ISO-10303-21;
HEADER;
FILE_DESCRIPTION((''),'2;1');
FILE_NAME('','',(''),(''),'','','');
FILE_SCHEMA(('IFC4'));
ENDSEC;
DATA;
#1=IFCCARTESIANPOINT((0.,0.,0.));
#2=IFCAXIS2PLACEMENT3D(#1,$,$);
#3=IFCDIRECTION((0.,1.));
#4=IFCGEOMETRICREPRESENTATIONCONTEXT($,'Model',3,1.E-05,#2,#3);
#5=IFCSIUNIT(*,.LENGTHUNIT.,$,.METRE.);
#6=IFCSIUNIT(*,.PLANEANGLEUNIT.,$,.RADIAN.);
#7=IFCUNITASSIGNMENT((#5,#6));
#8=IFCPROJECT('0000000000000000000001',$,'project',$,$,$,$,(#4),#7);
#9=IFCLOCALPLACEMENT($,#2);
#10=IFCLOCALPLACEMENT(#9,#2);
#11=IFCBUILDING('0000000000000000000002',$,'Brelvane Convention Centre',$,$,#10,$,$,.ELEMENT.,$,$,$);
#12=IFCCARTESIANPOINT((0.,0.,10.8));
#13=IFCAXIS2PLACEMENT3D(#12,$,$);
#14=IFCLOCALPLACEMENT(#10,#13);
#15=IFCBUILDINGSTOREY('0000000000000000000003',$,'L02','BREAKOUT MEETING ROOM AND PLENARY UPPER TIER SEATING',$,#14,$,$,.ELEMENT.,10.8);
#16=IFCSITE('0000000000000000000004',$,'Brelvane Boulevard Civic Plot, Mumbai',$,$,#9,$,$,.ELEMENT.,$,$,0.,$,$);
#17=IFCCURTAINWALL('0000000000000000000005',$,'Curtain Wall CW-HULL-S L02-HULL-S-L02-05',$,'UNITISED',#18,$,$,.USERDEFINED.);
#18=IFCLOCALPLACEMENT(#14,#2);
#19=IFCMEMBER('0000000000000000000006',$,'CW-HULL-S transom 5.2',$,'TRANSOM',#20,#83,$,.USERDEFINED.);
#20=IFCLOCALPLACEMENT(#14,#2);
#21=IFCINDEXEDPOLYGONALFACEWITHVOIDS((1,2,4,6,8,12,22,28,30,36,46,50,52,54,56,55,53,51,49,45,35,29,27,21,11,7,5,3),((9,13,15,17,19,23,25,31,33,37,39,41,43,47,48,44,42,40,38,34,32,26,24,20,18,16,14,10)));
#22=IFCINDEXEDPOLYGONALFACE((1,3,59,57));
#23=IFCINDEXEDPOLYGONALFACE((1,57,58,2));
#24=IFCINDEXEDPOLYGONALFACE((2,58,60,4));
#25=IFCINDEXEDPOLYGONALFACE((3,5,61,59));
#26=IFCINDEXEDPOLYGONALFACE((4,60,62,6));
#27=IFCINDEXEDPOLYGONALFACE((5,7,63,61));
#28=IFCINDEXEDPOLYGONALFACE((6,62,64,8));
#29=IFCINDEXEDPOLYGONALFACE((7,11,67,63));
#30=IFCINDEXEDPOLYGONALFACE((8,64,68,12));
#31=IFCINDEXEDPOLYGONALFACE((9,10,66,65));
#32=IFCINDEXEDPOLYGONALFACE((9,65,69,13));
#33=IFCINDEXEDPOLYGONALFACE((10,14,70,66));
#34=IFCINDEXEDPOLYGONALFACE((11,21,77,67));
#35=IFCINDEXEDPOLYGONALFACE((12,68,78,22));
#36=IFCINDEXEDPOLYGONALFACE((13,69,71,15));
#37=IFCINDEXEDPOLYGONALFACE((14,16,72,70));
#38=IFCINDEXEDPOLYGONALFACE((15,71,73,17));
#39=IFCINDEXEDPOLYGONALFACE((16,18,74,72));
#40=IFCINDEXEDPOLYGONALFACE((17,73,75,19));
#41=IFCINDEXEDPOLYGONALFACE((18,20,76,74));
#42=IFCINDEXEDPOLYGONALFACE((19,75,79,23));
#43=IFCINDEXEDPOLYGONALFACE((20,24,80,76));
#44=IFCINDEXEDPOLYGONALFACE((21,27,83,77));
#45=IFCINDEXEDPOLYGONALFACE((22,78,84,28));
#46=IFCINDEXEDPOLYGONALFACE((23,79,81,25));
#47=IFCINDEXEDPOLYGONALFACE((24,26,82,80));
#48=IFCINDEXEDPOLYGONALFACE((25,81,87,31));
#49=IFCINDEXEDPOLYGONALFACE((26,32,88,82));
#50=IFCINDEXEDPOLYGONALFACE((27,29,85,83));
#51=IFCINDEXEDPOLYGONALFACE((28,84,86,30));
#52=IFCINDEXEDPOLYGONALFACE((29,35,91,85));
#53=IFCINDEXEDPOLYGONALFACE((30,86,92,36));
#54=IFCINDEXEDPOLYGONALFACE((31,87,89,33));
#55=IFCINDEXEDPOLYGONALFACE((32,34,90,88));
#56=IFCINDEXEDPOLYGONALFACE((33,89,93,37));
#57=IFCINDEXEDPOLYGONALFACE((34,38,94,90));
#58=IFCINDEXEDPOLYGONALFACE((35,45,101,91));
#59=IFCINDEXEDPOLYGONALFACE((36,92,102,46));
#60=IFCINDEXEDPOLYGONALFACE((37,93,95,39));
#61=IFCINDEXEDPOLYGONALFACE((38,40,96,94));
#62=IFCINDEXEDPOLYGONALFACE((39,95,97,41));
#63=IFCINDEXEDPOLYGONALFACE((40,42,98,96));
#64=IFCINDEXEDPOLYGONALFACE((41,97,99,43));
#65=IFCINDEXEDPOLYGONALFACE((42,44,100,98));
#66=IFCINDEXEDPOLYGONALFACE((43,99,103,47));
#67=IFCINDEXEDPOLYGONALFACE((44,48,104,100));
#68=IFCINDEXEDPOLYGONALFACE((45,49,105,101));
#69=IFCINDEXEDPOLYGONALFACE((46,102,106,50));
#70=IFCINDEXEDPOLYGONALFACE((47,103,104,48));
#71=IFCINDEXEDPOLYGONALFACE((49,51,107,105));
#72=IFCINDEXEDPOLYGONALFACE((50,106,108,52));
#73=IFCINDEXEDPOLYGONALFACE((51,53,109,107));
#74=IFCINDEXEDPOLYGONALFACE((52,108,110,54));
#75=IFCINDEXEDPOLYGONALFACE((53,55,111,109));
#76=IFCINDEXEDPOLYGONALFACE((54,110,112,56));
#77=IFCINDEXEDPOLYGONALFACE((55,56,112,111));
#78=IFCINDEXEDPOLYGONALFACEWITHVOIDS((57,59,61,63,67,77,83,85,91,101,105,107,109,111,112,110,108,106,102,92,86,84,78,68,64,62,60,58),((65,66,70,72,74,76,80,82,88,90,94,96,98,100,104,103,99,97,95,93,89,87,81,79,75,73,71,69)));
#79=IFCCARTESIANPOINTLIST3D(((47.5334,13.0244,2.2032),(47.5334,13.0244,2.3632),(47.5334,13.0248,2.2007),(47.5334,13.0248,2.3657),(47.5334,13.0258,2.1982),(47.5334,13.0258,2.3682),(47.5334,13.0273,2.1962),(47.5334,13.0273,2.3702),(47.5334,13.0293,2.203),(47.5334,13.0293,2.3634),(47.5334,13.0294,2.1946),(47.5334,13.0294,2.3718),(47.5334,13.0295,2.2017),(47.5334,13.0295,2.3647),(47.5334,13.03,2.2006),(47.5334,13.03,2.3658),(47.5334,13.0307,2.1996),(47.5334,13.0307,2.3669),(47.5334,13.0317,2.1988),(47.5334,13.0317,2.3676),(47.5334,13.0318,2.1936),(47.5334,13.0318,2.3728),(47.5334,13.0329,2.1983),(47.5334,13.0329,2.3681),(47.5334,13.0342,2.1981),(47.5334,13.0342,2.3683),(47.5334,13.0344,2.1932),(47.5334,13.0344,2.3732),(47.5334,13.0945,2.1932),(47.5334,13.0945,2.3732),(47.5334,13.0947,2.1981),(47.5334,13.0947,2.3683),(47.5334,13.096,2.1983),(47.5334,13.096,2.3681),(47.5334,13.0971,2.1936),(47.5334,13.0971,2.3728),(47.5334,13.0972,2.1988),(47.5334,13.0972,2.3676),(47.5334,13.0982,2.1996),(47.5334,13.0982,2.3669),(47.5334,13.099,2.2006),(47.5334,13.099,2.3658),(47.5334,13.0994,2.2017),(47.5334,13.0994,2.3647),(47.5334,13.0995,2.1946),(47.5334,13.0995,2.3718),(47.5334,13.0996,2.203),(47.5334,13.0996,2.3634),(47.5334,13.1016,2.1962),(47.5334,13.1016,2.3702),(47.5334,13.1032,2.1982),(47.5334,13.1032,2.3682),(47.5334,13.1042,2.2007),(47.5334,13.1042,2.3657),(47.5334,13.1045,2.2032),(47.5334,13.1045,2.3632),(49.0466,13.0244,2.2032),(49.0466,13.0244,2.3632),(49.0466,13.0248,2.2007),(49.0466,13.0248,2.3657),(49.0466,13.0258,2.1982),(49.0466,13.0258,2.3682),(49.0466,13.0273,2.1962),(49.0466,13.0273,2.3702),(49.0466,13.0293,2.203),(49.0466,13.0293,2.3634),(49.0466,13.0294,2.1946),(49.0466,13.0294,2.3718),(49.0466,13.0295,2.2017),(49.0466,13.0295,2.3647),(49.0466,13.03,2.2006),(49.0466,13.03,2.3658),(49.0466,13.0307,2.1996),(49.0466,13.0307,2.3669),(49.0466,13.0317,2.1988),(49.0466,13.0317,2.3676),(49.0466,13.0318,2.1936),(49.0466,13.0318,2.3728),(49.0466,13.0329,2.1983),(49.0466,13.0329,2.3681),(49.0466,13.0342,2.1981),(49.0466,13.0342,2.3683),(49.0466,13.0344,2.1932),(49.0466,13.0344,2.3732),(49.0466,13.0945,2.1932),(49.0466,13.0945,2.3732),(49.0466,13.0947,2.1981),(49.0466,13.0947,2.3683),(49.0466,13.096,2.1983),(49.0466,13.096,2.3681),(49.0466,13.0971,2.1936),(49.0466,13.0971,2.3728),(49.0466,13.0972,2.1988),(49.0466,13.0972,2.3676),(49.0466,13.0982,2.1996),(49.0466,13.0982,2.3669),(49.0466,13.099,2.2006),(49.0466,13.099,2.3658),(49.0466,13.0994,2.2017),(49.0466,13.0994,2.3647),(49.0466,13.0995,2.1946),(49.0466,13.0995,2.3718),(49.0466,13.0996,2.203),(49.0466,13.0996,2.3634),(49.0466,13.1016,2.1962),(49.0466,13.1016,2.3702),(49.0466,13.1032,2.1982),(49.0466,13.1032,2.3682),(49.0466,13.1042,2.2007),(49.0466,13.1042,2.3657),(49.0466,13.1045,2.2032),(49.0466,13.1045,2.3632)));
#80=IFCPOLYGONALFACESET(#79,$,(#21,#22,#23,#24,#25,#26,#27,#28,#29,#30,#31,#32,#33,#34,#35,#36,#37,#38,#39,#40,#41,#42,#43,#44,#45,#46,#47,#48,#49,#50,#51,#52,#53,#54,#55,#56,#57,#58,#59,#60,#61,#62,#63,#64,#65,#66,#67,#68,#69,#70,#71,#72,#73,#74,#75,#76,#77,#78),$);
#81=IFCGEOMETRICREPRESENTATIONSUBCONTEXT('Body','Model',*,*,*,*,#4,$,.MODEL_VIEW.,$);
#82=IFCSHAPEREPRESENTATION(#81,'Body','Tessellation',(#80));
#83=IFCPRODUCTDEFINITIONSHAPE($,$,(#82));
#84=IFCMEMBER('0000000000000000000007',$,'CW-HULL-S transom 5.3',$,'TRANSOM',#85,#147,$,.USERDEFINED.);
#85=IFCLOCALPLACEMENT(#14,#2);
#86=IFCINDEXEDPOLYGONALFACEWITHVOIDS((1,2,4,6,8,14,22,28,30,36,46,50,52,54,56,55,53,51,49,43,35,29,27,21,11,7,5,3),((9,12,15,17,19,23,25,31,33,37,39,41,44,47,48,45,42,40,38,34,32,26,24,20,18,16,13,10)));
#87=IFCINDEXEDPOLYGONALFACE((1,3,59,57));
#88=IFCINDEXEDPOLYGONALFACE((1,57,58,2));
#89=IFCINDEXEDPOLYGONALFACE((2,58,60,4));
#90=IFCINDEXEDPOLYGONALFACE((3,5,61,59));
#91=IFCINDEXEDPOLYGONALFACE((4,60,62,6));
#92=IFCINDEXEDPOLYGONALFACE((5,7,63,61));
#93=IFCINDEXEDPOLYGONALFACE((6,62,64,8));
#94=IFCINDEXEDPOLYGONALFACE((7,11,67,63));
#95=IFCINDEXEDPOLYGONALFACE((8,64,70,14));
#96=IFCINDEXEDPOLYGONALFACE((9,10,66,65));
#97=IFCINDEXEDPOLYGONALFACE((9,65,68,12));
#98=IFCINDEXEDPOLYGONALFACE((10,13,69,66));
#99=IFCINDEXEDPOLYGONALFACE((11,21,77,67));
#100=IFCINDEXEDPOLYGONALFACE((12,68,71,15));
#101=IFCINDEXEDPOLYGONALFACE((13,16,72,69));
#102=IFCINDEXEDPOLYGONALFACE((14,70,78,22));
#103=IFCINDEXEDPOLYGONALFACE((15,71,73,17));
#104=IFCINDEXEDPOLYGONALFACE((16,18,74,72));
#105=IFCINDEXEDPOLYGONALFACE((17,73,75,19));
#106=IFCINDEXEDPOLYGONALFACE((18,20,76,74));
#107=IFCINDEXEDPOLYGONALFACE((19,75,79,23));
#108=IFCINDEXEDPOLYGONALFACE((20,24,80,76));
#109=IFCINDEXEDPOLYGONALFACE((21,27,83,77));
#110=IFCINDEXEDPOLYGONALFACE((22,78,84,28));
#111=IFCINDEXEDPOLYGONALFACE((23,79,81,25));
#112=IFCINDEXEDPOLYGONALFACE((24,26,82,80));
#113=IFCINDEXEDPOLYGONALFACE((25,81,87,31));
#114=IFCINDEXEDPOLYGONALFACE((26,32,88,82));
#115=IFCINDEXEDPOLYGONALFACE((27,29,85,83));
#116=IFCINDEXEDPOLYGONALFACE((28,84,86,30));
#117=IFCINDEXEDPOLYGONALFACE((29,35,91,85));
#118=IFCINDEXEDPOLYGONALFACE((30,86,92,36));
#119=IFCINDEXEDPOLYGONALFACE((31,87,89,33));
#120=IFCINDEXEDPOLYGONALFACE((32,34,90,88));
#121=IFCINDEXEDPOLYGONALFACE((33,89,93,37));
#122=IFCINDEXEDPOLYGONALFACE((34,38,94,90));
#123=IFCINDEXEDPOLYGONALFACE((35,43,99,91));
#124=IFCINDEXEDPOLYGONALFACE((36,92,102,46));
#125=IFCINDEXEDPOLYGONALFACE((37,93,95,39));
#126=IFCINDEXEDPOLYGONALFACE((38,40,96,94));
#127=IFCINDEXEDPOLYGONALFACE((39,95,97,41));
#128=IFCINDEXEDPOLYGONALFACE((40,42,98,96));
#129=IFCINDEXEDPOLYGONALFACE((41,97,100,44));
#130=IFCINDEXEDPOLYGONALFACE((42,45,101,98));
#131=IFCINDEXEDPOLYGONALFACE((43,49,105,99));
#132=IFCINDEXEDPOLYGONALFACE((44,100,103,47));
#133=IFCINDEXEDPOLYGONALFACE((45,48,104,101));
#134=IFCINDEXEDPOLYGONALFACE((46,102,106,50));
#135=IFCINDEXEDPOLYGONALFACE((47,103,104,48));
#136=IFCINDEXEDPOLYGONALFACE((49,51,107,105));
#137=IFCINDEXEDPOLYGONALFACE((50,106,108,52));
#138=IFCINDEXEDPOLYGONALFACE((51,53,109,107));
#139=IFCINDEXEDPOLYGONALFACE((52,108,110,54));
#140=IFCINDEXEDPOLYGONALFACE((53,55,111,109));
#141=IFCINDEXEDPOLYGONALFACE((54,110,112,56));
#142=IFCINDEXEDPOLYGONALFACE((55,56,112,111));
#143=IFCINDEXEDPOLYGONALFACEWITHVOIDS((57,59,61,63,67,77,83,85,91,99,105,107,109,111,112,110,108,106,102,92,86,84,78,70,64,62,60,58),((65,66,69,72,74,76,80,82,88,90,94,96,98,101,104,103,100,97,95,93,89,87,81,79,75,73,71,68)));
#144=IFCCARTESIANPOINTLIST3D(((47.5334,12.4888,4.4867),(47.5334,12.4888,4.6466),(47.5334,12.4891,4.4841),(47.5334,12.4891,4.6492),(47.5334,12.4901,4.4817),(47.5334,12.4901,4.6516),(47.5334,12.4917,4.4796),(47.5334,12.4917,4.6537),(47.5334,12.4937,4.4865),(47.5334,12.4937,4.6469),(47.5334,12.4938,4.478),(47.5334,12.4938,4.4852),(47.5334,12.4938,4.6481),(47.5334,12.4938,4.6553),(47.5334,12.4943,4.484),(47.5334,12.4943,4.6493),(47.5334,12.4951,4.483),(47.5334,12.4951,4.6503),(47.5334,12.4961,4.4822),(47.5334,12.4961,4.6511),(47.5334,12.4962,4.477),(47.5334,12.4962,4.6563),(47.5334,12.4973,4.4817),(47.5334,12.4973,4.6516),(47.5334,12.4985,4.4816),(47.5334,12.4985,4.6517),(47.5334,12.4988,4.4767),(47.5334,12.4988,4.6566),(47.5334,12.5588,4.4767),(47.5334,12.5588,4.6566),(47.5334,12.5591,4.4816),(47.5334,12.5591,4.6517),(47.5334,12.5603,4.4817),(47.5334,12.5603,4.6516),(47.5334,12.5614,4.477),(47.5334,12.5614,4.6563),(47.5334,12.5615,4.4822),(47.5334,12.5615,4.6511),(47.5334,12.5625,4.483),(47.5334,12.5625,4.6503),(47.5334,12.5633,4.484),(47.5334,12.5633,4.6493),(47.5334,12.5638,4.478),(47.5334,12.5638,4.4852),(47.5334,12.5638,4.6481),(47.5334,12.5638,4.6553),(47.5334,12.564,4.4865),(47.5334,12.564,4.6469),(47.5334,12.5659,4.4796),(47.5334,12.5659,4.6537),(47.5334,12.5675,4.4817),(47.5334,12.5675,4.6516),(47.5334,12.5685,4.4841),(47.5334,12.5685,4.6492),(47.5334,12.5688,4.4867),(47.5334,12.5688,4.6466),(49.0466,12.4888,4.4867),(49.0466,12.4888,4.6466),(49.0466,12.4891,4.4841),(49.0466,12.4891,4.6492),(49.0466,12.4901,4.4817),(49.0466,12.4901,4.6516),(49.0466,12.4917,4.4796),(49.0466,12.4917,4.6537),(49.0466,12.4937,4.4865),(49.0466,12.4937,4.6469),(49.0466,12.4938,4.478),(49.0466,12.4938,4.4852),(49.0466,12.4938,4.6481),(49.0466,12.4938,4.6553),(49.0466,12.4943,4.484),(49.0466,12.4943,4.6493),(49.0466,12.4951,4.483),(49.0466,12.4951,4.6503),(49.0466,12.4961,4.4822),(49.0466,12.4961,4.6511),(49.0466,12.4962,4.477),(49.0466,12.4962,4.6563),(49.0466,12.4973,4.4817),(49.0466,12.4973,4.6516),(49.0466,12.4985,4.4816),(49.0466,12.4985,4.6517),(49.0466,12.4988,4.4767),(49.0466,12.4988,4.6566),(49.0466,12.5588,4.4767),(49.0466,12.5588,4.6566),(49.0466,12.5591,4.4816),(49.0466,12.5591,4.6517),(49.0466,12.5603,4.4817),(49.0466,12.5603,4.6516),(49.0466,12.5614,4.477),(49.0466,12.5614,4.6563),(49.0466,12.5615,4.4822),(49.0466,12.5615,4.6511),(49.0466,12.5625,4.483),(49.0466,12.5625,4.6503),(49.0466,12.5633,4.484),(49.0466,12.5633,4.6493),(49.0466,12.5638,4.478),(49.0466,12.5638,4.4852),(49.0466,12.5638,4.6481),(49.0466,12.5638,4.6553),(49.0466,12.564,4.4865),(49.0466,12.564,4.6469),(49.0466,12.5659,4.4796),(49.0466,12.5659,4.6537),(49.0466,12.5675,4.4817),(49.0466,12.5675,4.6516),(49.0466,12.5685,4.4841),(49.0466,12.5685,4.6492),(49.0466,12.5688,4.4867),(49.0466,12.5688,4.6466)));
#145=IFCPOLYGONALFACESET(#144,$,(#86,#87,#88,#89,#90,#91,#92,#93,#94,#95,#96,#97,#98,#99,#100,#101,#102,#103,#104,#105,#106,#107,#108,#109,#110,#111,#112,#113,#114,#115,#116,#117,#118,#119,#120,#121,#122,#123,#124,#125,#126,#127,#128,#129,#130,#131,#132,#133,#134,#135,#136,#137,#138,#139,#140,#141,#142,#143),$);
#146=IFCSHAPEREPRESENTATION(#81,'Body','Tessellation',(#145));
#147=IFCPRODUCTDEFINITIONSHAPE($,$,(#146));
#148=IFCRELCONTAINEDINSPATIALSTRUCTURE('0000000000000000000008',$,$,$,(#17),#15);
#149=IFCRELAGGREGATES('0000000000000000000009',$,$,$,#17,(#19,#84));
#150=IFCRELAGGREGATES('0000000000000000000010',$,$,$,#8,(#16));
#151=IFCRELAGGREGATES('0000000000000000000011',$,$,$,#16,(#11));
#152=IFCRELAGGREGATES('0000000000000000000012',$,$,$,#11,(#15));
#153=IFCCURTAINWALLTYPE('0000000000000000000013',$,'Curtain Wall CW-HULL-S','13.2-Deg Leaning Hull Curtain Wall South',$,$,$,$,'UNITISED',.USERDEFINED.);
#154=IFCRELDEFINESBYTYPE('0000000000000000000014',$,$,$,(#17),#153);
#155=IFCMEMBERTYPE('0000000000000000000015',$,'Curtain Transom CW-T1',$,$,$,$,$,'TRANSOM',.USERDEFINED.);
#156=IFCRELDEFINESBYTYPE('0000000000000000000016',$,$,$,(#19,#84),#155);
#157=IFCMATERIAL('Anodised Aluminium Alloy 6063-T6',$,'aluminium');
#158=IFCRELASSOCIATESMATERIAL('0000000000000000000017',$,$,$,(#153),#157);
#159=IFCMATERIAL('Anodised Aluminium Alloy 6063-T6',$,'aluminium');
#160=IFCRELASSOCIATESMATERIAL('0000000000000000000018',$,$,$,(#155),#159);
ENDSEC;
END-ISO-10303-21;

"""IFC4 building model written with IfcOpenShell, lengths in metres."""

from ifc_helpers import new_model, si_unit, direction, frame, origin, origin_2d, place, context, subcontext, project, spatial, hollow_rectangle, extrude, material, material_profile, profile_set, type_object, element, aggregate, save


model = new_model("IFC4")

# Units and contexts
model_context = context("Model", 3, precision=1e-05, world=origin(), true_north=direction((0.0, 1.0)))
body_context = subcontext(model_context, "Body", "Model", "MODEL_VIEW")
ifc_project = project(units=[si_unit("LENGTHUNIT", "METRE"), si_unit("PLANEANGLEUNIT", "RADIAN")], contexts=[model_context])

# Site, building, storey
site_placement = place(None, origin())
site = spatial("IfcSite", under=ifc_project, at=site_placement, Name="Brelvane Boulevard Civic Plot, Mumbai", CompositionType="ELEMENT", RefElevation=0.0)
building_placement = place(site_placement, origin())
building = spatial("IfcBuilding", under=site, at=building_placement, Name="Brelvane Convention Centre", CompositionType="ELEMENT")
storey_placement = place(building_placement, frame((0.0, 0.0, 10.8)))
storey = spatial("IfcBuildingStorey", under=building, at=storey_placement, Name="L02", Description="BREAKOUT MEETING ROOM AND PLENARY UPPER TIER SEATING", CompositionType="ELEMENT", Elevation=10.8)

# Curtain wall, members
ifc_material_1 = material(Name="Anodised Aluminium Alloy 6063-T6", Category="aluminium")
curtain_wall_type = type_object("IfcCurtainWallType", Name="Curtain Wall CW-HULL-S", Description="13.2-Deg Leaning Hull Curtain Wall South", ElementType="UNITISED", PredefinedType="USERDEFINED", material=ifc_material_1)
curtain_wall_placement = place(storey_placement, origin())
curtain_wall = element("IfcCurtainWall", 1, at=curtain_wall_placement, inside=storey, type_object=curtain_wall_type, Name="Curtain Wall CW-HULL-S L02-HULL-S-L02-05", ObjectType="UNITISED", PredefinedType="USERDEFINED")
ifc_material_2 = material(Name="Anodised Aluminium Alloy 6063-T6", Category="aluminium")
ifc_material_profile = material_profile(ifc_material_2, hollow_rectangle(XDim=0.0801, YDim=0.1799, WallThickness=0.0049, InnerFilletRadius=0.0049, OuterFilletRadius=0.01, at=origin_2d()), Name="ALU-T 180x80x5.0")
ifc_profile_set = profile_set([ifc_material_profile], Name="Anodised Aluminium Alloy 6063-T6")
member_type = type_object("IfcMemberType", Name="Curtain Transom CW-T1", ElementType="TRANSOM", PredefinedType="USERDEFINED", material=ifc_profile_set)
member_1_placement = place(storey_placement, frame((47.5334, 13.0645, 2.2832), z_axis=(1.0, 0.0, 0.0), x_axis=(0.0, 1.0, 0.0)))
member_1 = element("IfcMember", 2, at=member_1_placement, type_object=member_type, Name="CW-HULL-S transom 5.2", ObjectType="TRANSOM", PredefinedType="USERDEFINED", context=body_context, shape_type="SweptSolid", body=[
    extrude(hollow_rectangle(XDim=0.0801, YDim=0.1799, WallThickness=0.0049, InnerFilletRadius=0.0049, OuterFilletRadius=0.01, at=origin_2d()), origin(), (0.0, 0.0, 1.0), 1.5132),
])
member_2_placement = place(storey_placement, frame((47.5334, 12.5288, 4.5667), z_axis=(1.0, 0.0, 0.0), x_axis=(0.0, 1.0, 0.0)))
member_2 = element("IfcMember", 3, at=member_2_placement, type_object=member_type, Name="CW-HULL-S transom 5.3", ObjectType="TRANSOM", PredefinedType="USERDEFINED", context=body_context, shape_type="SweptSolid", body=[
    extrude(hollow_rectangle(XDim=0.0801, YDim=0.1799, WallThickness=0.0049, InnerFilletRadius=0.0049, OuterFilletRadius=0.01, at=origin_2d()), origin(), (0.0, 0.0, 1.0), 1.5132),
])
aggregate(curtain_wall, [member_1, member_2])

save(model, "model.ifc")
